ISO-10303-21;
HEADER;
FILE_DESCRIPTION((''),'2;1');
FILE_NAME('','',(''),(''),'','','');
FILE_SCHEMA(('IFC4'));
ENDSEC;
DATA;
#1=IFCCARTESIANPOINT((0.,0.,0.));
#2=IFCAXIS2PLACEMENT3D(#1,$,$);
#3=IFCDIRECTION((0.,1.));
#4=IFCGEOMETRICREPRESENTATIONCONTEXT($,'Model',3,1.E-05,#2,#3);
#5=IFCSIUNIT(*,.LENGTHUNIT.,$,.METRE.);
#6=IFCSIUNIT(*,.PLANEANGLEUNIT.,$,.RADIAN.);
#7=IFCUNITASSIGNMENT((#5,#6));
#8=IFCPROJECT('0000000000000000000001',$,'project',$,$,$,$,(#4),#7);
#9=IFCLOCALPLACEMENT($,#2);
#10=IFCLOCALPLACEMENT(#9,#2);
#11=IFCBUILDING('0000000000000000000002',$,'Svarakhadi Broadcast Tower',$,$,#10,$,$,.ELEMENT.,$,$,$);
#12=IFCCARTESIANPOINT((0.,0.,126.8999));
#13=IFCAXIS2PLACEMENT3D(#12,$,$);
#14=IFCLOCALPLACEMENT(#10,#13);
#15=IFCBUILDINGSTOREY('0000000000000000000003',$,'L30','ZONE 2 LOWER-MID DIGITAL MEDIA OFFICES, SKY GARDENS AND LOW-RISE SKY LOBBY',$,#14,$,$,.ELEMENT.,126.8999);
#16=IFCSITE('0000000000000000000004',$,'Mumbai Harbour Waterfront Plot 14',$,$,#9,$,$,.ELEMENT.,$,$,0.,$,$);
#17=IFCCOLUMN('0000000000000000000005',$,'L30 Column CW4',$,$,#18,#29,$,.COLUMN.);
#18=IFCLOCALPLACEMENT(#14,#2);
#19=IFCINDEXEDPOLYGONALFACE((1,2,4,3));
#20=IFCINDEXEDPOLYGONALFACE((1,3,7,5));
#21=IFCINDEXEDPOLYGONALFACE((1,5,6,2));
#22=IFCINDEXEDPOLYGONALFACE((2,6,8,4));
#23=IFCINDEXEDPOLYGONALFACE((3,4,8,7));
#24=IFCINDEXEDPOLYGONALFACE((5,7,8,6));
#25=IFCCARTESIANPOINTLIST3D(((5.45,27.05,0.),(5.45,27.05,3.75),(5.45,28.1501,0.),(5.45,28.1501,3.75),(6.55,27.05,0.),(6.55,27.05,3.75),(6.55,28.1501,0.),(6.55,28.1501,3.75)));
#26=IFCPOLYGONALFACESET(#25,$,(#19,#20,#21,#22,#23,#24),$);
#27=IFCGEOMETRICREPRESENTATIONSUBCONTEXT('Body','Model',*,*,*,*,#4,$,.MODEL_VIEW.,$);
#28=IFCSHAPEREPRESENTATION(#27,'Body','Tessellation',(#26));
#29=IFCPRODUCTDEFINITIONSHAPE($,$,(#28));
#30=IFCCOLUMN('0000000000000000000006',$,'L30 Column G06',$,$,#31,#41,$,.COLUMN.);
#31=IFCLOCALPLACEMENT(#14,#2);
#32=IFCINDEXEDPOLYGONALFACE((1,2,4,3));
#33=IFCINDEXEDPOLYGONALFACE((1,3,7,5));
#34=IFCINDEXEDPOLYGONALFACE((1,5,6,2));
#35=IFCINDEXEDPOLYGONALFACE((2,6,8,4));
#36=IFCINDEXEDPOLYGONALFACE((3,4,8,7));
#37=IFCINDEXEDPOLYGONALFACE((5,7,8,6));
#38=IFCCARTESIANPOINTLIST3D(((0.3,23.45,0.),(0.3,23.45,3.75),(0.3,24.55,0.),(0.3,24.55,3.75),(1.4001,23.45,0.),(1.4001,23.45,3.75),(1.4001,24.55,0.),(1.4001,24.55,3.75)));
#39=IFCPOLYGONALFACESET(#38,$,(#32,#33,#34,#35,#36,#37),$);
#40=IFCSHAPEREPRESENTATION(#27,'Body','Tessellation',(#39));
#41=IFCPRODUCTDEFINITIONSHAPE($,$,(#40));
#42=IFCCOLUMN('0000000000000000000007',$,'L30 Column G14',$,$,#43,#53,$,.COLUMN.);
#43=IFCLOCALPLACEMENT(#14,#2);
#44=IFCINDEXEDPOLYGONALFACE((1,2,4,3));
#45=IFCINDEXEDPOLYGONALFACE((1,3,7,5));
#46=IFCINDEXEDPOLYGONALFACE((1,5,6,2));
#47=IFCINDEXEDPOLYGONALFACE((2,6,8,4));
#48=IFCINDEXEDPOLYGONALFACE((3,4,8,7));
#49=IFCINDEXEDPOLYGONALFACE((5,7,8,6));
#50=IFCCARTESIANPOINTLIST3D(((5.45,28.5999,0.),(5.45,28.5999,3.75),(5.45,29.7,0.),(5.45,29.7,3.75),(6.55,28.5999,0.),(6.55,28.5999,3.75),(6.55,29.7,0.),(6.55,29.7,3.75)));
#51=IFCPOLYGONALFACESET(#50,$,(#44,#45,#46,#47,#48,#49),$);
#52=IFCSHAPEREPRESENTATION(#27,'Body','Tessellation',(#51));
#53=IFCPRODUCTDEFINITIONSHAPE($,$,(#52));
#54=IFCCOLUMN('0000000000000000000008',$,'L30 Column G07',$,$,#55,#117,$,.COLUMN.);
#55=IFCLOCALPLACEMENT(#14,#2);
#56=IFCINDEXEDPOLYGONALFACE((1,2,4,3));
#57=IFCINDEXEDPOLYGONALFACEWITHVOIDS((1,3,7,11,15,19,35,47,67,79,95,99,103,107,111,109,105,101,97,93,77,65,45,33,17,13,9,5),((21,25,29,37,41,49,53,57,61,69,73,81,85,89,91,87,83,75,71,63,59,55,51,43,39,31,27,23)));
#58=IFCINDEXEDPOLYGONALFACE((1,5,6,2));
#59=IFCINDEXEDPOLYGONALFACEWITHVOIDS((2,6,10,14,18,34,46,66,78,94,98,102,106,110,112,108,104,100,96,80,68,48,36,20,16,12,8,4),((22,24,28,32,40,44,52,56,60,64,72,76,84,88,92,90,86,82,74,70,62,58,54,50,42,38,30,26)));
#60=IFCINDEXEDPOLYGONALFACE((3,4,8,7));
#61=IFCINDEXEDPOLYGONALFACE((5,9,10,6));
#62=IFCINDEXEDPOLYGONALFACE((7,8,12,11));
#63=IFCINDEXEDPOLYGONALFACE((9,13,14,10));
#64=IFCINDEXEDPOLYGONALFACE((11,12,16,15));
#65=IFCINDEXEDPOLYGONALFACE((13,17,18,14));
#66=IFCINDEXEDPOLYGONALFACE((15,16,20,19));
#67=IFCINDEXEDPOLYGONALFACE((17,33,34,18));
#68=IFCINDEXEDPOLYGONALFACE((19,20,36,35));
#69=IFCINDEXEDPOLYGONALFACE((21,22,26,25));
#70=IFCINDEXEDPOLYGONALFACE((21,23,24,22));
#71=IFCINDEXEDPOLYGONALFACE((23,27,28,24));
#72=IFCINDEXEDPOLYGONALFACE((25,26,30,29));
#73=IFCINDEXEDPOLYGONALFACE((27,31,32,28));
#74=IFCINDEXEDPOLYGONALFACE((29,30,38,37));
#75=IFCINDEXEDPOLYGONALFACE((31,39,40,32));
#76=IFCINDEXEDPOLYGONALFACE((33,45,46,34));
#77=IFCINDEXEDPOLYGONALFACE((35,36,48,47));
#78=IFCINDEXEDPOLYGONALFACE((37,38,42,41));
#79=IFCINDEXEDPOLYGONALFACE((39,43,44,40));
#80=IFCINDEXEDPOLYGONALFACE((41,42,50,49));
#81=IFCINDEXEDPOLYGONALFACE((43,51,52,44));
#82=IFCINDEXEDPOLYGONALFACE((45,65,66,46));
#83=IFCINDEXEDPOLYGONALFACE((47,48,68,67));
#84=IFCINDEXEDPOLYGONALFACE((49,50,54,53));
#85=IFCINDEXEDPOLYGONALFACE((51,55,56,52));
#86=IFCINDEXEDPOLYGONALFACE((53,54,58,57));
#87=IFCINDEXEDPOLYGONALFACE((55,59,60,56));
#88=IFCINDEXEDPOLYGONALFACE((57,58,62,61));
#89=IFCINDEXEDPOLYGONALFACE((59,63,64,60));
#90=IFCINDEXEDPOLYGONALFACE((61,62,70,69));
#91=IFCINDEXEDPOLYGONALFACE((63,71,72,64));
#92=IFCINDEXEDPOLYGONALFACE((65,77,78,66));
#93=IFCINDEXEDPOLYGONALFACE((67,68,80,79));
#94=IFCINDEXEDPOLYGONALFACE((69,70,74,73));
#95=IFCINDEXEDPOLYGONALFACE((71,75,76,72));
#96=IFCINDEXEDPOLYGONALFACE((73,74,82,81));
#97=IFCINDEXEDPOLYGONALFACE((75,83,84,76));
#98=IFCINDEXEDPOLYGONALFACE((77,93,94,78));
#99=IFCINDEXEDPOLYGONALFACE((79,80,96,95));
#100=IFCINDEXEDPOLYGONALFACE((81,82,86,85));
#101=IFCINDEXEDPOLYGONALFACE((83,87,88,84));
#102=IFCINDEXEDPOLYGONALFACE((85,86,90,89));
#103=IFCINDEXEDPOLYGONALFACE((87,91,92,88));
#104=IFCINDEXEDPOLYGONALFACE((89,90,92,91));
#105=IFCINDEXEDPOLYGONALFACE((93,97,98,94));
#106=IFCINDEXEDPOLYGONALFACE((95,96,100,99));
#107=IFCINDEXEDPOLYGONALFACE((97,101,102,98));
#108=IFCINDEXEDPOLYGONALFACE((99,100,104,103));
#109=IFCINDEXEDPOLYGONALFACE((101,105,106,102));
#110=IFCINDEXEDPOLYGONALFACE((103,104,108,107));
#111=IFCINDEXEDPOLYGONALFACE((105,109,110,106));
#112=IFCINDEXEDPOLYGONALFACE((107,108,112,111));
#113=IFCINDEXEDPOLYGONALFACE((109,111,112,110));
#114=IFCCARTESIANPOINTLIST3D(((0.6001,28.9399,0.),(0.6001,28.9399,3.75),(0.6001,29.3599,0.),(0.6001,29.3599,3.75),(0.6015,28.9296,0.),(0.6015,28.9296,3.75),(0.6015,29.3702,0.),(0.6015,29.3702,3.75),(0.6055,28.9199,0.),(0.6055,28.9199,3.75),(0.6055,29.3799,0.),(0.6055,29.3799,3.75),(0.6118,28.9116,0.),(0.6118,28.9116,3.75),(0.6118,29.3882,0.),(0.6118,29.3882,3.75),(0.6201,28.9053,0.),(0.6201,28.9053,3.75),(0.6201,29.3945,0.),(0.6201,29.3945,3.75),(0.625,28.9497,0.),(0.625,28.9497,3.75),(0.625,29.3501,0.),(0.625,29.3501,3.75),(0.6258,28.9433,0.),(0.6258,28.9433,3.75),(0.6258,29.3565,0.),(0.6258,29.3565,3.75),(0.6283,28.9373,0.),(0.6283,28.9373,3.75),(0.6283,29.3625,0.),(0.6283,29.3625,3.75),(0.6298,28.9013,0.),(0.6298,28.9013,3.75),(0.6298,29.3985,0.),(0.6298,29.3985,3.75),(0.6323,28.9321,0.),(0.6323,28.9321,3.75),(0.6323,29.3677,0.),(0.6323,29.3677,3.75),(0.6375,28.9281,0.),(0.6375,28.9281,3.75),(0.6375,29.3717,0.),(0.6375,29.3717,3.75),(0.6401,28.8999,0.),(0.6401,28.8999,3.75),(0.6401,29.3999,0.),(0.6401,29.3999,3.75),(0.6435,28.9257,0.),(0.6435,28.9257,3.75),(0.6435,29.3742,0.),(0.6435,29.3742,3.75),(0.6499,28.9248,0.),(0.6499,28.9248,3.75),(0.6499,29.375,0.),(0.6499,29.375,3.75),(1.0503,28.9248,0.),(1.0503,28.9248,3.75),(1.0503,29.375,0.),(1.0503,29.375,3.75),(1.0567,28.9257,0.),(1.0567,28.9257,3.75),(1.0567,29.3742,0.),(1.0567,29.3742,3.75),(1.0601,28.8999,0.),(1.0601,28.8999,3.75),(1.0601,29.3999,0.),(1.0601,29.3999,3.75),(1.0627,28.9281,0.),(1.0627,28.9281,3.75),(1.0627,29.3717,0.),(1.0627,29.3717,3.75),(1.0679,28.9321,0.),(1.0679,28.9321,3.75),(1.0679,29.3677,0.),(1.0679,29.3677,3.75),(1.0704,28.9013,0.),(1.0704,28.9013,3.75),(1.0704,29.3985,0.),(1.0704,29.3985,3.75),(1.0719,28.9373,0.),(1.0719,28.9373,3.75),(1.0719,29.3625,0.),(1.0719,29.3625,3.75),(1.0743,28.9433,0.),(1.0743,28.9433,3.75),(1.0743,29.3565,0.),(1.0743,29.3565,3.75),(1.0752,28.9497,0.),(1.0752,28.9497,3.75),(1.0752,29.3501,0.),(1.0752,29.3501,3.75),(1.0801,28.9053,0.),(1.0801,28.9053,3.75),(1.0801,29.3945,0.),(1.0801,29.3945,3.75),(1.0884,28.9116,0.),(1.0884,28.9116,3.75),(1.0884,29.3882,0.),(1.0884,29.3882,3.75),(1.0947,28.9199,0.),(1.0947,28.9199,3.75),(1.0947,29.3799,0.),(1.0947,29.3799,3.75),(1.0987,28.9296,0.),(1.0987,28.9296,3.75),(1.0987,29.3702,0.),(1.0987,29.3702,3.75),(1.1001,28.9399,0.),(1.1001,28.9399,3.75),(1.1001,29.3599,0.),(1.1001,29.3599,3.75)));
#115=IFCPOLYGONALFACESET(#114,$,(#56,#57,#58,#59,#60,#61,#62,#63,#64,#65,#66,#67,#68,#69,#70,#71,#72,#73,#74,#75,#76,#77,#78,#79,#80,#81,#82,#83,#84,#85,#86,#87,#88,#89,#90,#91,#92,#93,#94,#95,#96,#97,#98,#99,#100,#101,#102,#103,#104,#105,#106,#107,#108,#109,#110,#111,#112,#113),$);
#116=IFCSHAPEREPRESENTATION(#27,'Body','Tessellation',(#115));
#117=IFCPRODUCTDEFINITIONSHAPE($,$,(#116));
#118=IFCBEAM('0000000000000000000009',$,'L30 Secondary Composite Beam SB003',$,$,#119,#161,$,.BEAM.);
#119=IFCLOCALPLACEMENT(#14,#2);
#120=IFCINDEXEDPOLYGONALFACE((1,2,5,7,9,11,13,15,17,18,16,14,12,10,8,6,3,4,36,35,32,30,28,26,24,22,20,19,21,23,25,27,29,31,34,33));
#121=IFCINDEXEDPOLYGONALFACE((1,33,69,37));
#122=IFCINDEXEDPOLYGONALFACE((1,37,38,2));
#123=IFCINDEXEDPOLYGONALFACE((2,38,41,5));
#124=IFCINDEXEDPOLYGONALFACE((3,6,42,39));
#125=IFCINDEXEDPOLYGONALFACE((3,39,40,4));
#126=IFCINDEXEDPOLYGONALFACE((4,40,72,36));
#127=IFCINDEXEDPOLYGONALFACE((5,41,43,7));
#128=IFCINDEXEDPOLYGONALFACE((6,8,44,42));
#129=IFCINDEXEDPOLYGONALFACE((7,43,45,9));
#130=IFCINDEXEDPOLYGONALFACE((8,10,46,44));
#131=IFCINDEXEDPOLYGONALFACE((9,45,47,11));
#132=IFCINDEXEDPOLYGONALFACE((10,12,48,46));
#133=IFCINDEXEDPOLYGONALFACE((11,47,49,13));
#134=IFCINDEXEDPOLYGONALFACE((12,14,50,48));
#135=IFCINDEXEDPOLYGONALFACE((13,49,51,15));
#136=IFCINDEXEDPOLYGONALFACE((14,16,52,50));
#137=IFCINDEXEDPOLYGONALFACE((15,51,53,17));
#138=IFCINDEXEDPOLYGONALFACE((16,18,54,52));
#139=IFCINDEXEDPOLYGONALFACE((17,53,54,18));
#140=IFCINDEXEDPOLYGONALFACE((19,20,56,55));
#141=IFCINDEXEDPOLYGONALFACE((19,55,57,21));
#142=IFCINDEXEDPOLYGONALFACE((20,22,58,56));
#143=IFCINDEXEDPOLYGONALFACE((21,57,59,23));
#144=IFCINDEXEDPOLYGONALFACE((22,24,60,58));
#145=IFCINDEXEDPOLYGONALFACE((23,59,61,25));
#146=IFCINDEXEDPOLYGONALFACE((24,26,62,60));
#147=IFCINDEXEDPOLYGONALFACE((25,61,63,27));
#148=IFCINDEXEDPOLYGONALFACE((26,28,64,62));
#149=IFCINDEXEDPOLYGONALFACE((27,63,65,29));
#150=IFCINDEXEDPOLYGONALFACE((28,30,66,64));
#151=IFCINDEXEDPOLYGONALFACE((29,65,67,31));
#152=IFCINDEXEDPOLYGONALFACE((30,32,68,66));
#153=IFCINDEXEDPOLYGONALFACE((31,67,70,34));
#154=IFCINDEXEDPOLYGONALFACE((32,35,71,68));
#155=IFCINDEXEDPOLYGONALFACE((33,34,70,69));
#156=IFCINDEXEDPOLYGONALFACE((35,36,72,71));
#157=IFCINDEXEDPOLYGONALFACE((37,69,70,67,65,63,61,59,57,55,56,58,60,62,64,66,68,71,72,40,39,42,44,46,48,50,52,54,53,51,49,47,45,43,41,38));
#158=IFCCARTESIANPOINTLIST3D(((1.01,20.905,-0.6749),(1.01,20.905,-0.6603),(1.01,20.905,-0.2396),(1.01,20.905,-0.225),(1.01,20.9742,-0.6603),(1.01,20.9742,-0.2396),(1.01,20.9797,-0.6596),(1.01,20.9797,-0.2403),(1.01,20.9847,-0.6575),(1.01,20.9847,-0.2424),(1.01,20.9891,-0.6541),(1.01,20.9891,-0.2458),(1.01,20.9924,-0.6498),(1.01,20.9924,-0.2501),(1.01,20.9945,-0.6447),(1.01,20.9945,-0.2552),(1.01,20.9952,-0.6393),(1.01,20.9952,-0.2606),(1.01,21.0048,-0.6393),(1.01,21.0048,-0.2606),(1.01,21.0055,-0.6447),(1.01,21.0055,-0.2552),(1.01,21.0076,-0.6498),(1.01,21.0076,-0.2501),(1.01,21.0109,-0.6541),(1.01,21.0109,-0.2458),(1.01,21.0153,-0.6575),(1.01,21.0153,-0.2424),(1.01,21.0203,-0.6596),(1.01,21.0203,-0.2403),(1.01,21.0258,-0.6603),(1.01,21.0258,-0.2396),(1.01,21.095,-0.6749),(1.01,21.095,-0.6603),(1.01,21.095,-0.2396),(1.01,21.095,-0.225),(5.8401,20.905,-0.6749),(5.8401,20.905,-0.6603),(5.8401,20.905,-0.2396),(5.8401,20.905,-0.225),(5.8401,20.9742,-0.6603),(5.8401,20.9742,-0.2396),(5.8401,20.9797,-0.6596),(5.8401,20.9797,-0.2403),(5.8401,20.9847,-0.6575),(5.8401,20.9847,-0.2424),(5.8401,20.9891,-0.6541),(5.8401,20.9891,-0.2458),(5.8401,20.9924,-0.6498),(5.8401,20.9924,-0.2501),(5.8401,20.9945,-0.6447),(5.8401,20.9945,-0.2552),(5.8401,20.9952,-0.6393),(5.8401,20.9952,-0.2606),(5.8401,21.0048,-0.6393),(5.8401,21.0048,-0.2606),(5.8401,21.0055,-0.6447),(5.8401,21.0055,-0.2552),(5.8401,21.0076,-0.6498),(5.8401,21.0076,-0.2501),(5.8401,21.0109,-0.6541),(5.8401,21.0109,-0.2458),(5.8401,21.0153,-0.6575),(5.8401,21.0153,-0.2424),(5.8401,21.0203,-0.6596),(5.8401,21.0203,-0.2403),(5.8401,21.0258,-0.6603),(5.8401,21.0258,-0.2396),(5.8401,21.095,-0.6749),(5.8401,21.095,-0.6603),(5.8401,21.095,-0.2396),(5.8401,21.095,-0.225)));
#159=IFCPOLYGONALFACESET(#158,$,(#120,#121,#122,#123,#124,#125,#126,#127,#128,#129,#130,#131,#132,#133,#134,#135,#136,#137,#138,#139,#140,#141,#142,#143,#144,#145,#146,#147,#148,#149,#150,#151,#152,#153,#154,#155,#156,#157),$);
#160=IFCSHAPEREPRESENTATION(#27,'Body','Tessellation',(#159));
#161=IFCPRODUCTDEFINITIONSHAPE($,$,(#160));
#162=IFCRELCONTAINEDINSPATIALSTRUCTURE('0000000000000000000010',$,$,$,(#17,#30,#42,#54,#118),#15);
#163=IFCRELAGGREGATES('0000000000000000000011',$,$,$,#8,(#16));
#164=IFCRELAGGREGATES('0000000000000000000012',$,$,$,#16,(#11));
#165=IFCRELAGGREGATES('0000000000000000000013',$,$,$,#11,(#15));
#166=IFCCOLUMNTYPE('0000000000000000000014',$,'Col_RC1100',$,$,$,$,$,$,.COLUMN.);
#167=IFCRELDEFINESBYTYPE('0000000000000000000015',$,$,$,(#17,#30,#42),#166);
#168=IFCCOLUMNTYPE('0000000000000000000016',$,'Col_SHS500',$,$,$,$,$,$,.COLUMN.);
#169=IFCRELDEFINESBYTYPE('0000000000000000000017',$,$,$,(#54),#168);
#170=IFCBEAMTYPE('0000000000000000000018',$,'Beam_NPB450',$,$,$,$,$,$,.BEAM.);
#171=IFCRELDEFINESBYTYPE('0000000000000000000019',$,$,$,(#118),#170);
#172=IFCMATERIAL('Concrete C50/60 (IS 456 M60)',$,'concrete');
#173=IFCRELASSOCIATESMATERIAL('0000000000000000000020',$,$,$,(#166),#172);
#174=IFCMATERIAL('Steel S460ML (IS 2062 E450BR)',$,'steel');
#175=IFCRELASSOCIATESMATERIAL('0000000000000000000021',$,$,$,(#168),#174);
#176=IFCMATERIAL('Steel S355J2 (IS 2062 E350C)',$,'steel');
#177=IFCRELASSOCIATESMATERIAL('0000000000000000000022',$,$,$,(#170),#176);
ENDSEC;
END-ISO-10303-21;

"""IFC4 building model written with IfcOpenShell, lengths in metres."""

from ifc_helpers import new_model, si_unit, direction, frame, origin, origin_2d, place, context, subcontext, project, spatial, rectangle, hollow_rectangle, i_section, extrude, material, material_profile, profile_set, type_object, element, save


model = new_model("IFC4")

# Units and contexts
model_context = context("Model", 3, precision=1e-05, world=origin(), true_north=direction((0.0, 1.0)))
body_context = subcontext(model_context, "Body", "Model", "MODEL_VIEW")
ifc_project = project(units=[si_unit("LENGTHUNIT", "METRE"), si_unit("PLANEANGLEUNIT", "RADIAN")], contexts=[model_context])

# Site, building, storey
site_placement = place(None, origin())
site = spatial("IfcSite", under=ifc_project, at=site_placement, Name="Mumbai Harbour Waterfront Plot 14", CompositionType="ELEMENT", RefElevation=0.0)
building_placement = place(site_placement, origin())
building = spatial("IfcBuilding", under=site, at=building_placement, Name="Svarakhadi Broadcast Tower", CompositionType="ELEMENT")
storey_placement = place(building_placement, frame((0.0, 0.0, 126.8999)))
storey = spatial("IfcBuildingStorey", under=building, at=storey_placement, Name="L30", Description="ZONE 2 LOWER-MID DIGITAL MEDIA OFFICES, SKY GARDENS AND LOW-RISE SKY LOBBY", CompositionType="ELEMENT", Elevation=126.8999)

# Columns
ifc_material_1 = material(Name="Concrete C50/60 (IS 456 M60)", Category="concrete")
ifc_material_profile_1 = material_profile(ifc_material_1, rectangle(XDim=1.1001, YDim=1.1001, at=origin_2d()), Name="RC 1100x1100")
ifc_profile_set_1 = profile_set([ifc_material_profile_1], Name="Concrete C50/60 (IS 456 M60)")
column_type_1 = type_object("IfcColumnType", Name="Col_RC1100", PredefinedType="COLUMN", material=ifc_profile_set_1)
for number, where, z_axis, x_axis, name in (
    (1, (6.0, 27.6001, 0.0), (0.0, 0.0, 1.0), (1.0, 0.0, 0.0), "L30 Column CW4"),
    (2, (0.8501, 24.0, 0.0), (0.0, 0.0, 1.0), (1.0, 0.0, 0.0), "L30 Column G06"),
    (3, (6.0, 29.1499, 0.0), (0.0, 0.0, 1.0), (1.0, 0.0, 0.0), "L30 Column G14"),
):
    element("IfcColumn", number, at=place(storey_placement, frame(where, z_axis=z_axis, x_axis=x_axis)), inside=storey, type_object=column_type_1, Name=name, PredefinedType="COLUMN", context=body_context, shape_type="SweptSolid", body=[
        extrude(rectangle(XDim=1.1001, YDim=1.1001, at=origin_2d()), origin(), (0.0, 0.0, 1.0), 3.75),
    ])
ifc_material_2 = material(Name="Steel S460ML (IS 2062 E450BR)", Category="steel")
ifc_material_profile_2 = material_profile(ifc_material_2, hollow_rectangle(XDim=0.5, YDim=0.5, WallThickness=0.0249, InnerFilletRadius=0.0249, OuterFilletRadius=0.04, at=origin_2d()), Name="SHS 500x500x25")
ifc_profile_set_2 = profile_set([ifc_material_profile_2], Name="Steel S460ML (IS 2062 E450BR)")
column_type_2 = type_object("IfcColumnType", Name="Col_SHS500", PredefinedType="COLUMN", material=ifc_profile_set_2)
column_placement = place(storey_placement, frame((0.8501, 29.1499, 0.0), z_axis=(0.0, 0.0, 1.0), x_axis=(1.0, 0.0, 0.0)))
element("IfcColumn", 4, at=column_placement, inside=storey, type_object=column_type_2, Name="L30 Column G07", PredefinedType="COLUMN", context=body_context, shape_type="SweptSolid", body=[
    extrude(hollow_rectangle(XDim=0.5, YDim=0.5, WallThickness=0.0249, InnerFilletRadius=0.0249, OuterFilletRadius=0.04, at=origin_2d()), origin(), (0.0, 0.0, 1.0), 3.75),
])

# Beam
ifc_material_3 = material(Name="Steel S355J2 (IS 2062 E350C)", Category="steel")
ifc_material_profile_3 = material_profile(ifc_material_3, i_section(OverallWidth=0.1899, OverallDepth=0.45, WebThickness=0.0095, FlangeThickness=0.0146, FilletRadius=0.021, at=origin_2d()), Name="NPB 450x190x78")
ifc_profile_set_3 = profile_set([ifc_material_profile_3], Name="Steel S355J2 (IS 2062 E350C)")
beam_type_1 = type_object("IfcBeamType", Name="Beam_NPB450", PredefinedType="BEAM", material=ifc_profile_set_3)
for number, where, z_axis, x_axis, name in (
    (5, (1.01, 21.0, -0.45), (1.0, 0.0, 0.0), (0.0, 1.0, 0.0), "L30 Secondary Composite Beam SB003"),
):
    element("IfcBeam", number, at=place(storey_placement, frame(where, z_axis=z_axis, x_axis=x_axis)), inside=storey, type_object=beam_type_1, Name=name, PredefinedType="BEAM", context=body_context, shape_type="SweptSolid", body=[
        extrude(i_section(OverallWidth=0.1899, OverallDepth=0.45, WebThickness=0.0095, FlangeThickness=0.0146, FilletRadius=0.021, at=origin_2d()), origin(), (0.0, 0.0, 1.0), 4.8301),
    ])

save(model, "model.ifc")
